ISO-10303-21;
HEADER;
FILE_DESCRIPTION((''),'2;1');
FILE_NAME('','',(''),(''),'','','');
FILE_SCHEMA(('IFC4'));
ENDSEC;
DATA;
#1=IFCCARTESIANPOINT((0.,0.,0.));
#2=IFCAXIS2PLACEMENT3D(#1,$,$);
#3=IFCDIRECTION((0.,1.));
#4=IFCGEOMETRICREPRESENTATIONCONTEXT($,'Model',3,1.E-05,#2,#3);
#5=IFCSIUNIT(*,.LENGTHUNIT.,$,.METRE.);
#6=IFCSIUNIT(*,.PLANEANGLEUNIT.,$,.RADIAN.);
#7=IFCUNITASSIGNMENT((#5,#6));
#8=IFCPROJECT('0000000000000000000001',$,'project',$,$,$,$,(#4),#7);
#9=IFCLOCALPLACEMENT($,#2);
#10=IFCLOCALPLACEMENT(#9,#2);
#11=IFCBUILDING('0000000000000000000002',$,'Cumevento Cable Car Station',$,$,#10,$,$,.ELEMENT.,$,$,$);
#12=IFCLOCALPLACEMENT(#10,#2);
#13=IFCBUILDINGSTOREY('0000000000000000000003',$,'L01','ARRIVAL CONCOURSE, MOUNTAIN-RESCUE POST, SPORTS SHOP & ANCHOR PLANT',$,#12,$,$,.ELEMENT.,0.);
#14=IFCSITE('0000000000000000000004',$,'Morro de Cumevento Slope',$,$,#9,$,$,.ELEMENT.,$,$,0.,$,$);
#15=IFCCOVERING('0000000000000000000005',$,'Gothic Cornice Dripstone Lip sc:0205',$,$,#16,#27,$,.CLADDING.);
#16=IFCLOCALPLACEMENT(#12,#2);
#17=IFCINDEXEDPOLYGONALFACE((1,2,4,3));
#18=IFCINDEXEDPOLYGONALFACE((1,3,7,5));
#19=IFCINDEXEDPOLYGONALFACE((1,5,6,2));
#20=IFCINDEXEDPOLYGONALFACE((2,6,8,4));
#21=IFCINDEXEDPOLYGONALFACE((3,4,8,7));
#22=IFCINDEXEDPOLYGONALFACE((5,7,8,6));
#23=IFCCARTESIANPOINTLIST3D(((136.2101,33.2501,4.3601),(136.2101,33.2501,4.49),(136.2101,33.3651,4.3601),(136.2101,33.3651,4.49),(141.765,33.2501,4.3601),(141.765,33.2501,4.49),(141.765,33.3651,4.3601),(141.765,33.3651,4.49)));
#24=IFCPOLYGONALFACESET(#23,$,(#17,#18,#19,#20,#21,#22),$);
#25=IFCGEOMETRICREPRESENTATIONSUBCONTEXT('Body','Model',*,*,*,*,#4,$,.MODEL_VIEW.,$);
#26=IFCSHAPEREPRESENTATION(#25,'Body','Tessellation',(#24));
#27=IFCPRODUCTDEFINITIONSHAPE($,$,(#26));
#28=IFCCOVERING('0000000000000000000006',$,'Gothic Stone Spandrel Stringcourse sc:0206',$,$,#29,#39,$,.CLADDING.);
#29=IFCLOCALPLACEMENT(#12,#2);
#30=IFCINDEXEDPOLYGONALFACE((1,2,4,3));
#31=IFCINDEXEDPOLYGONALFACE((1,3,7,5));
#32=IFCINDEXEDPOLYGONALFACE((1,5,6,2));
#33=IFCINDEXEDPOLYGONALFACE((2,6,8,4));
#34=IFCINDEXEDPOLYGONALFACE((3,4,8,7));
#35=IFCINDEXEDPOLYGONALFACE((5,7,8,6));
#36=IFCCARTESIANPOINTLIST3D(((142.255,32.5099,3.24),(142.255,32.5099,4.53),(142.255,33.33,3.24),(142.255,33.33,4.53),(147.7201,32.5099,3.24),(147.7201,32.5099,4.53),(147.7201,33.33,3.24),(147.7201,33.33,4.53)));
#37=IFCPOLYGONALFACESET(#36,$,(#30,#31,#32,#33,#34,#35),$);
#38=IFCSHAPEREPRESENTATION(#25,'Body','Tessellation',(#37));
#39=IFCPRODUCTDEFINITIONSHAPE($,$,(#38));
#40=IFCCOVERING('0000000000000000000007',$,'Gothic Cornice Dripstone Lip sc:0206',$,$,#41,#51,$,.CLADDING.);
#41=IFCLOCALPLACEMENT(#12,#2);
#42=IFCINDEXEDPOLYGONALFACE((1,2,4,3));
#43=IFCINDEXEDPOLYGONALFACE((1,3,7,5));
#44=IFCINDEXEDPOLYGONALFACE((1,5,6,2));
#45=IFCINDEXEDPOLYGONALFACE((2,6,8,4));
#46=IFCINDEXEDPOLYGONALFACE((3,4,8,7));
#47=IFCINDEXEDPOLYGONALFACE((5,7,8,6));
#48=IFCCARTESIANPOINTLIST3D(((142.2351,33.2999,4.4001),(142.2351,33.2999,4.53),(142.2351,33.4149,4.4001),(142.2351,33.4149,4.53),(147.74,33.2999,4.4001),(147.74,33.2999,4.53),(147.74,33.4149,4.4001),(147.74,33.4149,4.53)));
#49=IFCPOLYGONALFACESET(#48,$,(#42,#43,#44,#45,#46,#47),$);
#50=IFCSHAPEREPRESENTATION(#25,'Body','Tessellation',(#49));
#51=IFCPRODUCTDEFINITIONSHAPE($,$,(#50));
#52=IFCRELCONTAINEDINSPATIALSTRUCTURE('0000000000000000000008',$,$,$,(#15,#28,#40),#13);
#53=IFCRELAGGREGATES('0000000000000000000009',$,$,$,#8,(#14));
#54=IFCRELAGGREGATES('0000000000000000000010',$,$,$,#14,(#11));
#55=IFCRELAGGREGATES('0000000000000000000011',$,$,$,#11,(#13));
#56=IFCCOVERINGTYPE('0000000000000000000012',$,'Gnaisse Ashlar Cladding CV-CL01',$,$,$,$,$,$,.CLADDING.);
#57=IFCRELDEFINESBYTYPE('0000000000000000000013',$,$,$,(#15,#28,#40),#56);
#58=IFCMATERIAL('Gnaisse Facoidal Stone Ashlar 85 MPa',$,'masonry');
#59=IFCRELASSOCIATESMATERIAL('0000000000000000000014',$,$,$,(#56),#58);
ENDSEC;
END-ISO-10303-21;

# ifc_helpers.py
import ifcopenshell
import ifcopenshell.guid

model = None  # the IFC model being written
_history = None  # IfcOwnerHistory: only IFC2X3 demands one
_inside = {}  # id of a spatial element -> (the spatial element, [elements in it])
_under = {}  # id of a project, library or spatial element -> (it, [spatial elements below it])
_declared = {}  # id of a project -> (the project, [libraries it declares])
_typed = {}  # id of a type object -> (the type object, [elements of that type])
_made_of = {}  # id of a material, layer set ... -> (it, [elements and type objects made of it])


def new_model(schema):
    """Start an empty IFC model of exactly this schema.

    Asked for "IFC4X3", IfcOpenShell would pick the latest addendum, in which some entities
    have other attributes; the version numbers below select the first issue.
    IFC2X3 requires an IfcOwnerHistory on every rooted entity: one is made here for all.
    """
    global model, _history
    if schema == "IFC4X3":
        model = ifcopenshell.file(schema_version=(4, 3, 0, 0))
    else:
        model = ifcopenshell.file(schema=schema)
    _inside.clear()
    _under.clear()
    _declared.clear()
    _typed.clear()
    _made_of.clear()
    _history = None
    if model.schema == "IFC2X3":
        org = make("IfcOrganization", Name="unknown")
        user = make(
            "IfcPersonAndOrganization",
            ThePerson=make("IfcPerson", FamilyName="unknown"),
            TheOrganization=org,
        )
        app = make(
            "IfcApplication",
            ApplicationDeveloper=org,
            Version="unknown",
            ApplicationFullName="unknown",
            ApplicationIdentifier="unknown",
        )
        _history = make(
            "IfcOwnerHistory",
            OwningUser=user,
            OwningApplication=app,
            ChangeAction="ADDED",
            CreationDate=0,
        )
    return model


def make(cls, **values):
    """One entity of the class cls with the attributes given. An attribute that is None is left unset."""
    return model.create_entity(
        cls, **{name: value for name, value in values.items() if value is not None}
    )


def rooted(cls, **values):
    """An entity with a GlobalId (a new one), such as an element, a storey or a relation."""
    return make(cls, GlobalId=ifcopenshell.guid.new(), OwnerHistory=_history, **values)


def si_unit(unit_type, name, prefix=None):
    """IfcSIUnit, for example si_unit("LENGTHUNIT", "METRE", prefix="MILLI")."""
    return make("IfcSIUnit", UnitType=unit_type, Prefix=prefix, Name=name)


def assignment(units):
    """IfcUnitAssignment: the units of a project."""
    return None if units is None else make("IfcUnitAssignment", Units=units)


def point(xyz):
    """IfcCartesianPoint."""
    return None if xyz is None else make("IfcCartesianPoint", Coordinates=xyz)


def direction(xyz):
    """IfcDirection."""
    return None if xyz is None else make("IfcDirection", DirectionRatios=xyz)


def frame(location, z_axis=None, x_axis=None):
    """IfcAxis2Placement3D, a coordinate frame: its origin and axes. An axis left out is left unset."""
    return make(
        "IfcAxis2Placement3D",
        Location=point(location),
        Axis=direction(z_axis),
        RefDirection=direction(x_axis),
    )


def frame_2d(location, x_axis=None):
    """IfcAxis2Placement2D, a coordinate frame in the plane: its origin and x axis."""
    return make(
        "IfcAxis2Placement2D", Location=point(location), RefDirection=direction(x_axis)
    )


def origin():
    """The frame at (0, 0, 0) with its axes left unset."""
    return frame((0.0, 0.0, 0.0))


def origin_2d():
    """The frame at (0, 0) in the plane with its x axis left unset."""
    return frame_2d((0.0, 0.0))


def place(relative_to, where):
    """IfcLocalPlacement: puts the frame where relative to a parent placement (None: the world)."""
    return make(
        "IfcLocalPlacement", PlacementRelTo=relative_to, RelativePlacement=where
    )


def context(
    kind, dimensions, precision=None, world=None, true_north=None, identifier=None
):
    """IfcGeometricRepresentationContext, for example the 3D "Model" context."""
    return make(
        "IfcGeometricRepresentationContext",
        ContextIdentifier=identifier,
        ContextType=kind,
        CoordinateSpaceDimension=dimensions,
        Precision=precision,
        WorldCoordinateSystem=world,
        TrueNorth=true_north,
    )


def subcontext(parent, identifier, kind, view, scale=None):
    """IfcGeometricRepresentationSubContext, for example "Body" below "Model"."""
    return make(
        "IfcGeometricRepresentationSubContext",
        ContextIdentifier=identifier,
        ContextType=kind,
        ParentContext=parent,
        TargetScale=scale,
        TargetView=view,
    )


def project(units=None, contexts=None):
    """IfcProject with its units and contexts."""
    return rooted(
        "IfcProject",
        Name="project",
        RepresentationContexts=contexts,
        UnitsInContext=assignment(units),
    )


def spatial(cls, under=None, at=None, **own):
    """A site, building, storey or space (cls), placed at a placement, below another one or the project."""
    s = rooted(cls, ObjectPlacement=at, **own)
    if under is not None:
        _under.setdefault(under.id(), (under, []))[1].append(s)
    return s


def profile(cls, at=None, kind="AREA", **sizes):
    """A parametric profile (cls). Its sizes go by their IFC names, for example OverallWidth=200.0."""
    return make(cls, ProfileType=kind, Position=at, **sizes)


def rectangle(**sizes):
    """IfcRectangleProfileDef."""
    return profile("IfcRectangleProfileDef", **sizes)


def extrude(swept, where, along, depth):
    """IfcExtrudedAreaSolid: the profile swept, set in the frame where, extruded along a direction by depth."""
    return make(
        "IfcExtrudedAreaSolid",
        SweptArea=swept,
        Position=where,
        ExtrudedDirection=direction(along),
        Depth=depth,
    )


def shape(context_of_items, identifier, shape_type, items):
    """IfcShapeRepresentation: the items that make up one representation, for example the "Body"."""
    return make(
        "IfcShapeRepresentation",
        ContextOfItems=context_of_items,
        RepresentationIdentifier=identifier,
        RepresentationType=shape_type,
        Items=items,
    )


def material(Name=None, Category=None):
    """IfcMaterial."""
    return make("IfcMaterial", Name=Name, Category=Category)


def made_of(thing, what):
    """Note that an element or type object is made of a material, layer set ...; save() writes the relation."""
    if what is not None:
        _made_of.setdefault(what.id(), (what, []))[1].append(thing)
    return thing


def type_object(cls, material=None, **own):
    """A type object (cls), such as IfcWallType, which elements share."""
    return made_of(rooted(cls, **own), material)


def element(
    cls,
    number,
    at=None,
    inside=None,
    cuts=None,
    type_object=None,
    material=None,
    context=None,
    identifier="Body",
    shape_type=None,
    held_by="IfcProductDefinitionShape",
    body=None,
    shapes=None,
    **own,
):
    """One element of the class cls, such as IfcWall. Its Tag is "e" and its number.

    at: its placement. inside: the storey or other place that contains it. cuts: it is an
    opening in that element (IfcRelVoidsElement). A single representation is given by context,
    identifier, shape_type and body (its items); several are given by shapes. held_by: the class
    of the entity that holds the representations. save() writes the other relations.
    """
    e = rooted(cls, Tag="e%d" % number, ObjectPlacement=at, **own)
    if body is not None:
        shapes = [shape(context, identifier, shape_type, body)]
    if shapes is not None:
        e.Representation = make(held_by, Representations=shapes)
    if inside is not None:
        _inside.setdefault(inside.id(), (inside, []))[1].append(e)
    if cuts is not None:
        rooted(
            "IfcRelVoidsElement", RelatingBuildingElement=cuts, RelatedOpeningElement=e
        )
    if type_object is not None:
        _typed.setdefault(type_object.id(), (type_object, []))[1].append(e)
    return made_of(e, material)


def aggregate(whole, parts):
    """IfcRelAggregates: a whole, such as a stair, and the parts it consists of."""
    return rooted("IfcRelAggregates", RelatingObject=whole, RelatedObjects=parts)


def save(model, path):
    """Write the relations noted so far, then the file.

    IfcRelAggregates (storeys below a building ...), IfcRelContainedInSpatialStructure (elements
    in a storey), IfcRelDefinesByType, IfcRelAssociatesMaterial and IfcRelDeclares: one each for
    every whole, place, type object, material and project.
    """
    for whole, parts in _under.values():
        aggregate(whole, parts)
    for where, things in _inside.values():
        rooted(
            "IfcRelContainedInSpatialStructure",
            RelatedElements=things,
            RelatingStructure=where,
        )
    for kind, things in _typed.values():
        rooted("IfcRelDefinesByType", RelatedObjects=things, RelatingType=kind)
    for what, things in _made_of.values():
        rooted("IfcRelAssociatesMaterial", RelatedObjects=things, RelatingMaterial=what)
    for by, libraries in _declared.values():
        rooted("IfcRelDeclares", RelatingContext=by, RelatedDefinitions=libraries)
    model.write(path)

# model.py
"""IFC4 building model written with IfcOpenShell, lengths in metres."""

from ifc_helpers import new_model, si_unit, direction, frame, origin, origin_2d, place, context, subcontext, project, spatial, rectangle, extrude, material, type_object, element, save


model = new_model("IFC4")

# Units and contexts
model_context = context("Model", 3, precision=1e-05, world=origin(), true_north=direction((0.0, 1.0)))
body_context = subcontext(model_context, "Body", "Model", "MODEL_VIEW")
ifc_project = project(units=[si_unit("LENGTHUNIT", "METRE"), si_unit("PLANEANGLEUNIT", "RADIAN")], contexts=[model_context])

# Site, building, storey
site_placement = place(None, origin())
site = spatial("IfcSite", under=ifc_project, at=site_placement, Name="Morro de Cumevento Slope", CompositionType="ELEMENT", RefElevation=0.0)
building_placement = place(site_placement, origin())
building = spatial("IfcBuilding", under=site, at=building_placement, Name="Cumevento Cable Car Station", CompositionType="ELEMENT")
storey_placement = place(building_placement, origin())
storey = spatial("IfcBuildingStorey", under=building, at=storey_placement, Name="L01", Description="ARRIVAL CONCOURSE, MOUNTAIN-RESCUE POST, SPORTS SHOP & ANCHOR PLANT", CompositionType="ELEMENT", Elevation=0.0)

# Coverings
ifc_material_1 = material(Name="Gnaisse Facoidal Stone Ashlar 85 MPa", Category="masonry")
covering_type = type_object("IfcCoveringType", Name="Gnaisse Ashlar Cladding CV-CL01", PredefinedType="CLADDING", material=ifc_material_1)
covering_1_placement = place(storey_placement, frame((138.9875, 33.3076, 4.3601), z_axis=(0.0, 0.0, 1.0), x_axis=(1.0, 0.0, 0.0)))
element("IfcCovering", 1, at=covering_1_placement, inside=storey, type_object=covering_type, Name="Gothic Cornice Dripstone Lip sc:0205", PredefinedType="CLADDING", context=body_context, shape_type="SweptSolid", body=[
    extrude(rectangle(XDim=5.5549, YDim=0.115, at=origin_2d()), origin(), (0.0, 0.0, 1.0), 0.1299),
])
covering_2_placement = place(storey_placement, frame((144.9875, 32.9199, 3.24), z_axis=(0.0, 0.0, 1.0), x_axis=(1.0, 0.0, 0.0)))
element("IfcCovering", 2, at=covering_2_placement, inside=storey, type_object=covering_type, Name="Gothic Stone Spandrel Stringcourse sc:0206", PredefinedType="CLADDING", context=body_context, shape_type="SweptSolid", body=[
    extrude(rectangle(XDim=5.4651, YDim=0.8201, at=origin_2d()), origin(), (0.0, 0.0, 1.0), 1.29),
])
covering_3_placement = place(storey_placement, frame((144.9875, 33.3574, 4.4001), z_axis=(0.0, 0.0, 1.0), x_axis=(1.0, 0.0, 0.0)))
element("IfcCovering", 3, at=covering_3_placement, inside=storey, type_object=covering_type, Name="Gothic Cornice Dripstone Lip sc:0206", PredefinedType="CLADDING", context=body_context, shape_type="SweptSolid", body=[
    extrude(rectangle(XDim=5.5049, YDim=0.115, at=origin_2d()), origin(), (0.0, 0.0, 1.0), 0.1299),
])

save(model, "model.ifc")
